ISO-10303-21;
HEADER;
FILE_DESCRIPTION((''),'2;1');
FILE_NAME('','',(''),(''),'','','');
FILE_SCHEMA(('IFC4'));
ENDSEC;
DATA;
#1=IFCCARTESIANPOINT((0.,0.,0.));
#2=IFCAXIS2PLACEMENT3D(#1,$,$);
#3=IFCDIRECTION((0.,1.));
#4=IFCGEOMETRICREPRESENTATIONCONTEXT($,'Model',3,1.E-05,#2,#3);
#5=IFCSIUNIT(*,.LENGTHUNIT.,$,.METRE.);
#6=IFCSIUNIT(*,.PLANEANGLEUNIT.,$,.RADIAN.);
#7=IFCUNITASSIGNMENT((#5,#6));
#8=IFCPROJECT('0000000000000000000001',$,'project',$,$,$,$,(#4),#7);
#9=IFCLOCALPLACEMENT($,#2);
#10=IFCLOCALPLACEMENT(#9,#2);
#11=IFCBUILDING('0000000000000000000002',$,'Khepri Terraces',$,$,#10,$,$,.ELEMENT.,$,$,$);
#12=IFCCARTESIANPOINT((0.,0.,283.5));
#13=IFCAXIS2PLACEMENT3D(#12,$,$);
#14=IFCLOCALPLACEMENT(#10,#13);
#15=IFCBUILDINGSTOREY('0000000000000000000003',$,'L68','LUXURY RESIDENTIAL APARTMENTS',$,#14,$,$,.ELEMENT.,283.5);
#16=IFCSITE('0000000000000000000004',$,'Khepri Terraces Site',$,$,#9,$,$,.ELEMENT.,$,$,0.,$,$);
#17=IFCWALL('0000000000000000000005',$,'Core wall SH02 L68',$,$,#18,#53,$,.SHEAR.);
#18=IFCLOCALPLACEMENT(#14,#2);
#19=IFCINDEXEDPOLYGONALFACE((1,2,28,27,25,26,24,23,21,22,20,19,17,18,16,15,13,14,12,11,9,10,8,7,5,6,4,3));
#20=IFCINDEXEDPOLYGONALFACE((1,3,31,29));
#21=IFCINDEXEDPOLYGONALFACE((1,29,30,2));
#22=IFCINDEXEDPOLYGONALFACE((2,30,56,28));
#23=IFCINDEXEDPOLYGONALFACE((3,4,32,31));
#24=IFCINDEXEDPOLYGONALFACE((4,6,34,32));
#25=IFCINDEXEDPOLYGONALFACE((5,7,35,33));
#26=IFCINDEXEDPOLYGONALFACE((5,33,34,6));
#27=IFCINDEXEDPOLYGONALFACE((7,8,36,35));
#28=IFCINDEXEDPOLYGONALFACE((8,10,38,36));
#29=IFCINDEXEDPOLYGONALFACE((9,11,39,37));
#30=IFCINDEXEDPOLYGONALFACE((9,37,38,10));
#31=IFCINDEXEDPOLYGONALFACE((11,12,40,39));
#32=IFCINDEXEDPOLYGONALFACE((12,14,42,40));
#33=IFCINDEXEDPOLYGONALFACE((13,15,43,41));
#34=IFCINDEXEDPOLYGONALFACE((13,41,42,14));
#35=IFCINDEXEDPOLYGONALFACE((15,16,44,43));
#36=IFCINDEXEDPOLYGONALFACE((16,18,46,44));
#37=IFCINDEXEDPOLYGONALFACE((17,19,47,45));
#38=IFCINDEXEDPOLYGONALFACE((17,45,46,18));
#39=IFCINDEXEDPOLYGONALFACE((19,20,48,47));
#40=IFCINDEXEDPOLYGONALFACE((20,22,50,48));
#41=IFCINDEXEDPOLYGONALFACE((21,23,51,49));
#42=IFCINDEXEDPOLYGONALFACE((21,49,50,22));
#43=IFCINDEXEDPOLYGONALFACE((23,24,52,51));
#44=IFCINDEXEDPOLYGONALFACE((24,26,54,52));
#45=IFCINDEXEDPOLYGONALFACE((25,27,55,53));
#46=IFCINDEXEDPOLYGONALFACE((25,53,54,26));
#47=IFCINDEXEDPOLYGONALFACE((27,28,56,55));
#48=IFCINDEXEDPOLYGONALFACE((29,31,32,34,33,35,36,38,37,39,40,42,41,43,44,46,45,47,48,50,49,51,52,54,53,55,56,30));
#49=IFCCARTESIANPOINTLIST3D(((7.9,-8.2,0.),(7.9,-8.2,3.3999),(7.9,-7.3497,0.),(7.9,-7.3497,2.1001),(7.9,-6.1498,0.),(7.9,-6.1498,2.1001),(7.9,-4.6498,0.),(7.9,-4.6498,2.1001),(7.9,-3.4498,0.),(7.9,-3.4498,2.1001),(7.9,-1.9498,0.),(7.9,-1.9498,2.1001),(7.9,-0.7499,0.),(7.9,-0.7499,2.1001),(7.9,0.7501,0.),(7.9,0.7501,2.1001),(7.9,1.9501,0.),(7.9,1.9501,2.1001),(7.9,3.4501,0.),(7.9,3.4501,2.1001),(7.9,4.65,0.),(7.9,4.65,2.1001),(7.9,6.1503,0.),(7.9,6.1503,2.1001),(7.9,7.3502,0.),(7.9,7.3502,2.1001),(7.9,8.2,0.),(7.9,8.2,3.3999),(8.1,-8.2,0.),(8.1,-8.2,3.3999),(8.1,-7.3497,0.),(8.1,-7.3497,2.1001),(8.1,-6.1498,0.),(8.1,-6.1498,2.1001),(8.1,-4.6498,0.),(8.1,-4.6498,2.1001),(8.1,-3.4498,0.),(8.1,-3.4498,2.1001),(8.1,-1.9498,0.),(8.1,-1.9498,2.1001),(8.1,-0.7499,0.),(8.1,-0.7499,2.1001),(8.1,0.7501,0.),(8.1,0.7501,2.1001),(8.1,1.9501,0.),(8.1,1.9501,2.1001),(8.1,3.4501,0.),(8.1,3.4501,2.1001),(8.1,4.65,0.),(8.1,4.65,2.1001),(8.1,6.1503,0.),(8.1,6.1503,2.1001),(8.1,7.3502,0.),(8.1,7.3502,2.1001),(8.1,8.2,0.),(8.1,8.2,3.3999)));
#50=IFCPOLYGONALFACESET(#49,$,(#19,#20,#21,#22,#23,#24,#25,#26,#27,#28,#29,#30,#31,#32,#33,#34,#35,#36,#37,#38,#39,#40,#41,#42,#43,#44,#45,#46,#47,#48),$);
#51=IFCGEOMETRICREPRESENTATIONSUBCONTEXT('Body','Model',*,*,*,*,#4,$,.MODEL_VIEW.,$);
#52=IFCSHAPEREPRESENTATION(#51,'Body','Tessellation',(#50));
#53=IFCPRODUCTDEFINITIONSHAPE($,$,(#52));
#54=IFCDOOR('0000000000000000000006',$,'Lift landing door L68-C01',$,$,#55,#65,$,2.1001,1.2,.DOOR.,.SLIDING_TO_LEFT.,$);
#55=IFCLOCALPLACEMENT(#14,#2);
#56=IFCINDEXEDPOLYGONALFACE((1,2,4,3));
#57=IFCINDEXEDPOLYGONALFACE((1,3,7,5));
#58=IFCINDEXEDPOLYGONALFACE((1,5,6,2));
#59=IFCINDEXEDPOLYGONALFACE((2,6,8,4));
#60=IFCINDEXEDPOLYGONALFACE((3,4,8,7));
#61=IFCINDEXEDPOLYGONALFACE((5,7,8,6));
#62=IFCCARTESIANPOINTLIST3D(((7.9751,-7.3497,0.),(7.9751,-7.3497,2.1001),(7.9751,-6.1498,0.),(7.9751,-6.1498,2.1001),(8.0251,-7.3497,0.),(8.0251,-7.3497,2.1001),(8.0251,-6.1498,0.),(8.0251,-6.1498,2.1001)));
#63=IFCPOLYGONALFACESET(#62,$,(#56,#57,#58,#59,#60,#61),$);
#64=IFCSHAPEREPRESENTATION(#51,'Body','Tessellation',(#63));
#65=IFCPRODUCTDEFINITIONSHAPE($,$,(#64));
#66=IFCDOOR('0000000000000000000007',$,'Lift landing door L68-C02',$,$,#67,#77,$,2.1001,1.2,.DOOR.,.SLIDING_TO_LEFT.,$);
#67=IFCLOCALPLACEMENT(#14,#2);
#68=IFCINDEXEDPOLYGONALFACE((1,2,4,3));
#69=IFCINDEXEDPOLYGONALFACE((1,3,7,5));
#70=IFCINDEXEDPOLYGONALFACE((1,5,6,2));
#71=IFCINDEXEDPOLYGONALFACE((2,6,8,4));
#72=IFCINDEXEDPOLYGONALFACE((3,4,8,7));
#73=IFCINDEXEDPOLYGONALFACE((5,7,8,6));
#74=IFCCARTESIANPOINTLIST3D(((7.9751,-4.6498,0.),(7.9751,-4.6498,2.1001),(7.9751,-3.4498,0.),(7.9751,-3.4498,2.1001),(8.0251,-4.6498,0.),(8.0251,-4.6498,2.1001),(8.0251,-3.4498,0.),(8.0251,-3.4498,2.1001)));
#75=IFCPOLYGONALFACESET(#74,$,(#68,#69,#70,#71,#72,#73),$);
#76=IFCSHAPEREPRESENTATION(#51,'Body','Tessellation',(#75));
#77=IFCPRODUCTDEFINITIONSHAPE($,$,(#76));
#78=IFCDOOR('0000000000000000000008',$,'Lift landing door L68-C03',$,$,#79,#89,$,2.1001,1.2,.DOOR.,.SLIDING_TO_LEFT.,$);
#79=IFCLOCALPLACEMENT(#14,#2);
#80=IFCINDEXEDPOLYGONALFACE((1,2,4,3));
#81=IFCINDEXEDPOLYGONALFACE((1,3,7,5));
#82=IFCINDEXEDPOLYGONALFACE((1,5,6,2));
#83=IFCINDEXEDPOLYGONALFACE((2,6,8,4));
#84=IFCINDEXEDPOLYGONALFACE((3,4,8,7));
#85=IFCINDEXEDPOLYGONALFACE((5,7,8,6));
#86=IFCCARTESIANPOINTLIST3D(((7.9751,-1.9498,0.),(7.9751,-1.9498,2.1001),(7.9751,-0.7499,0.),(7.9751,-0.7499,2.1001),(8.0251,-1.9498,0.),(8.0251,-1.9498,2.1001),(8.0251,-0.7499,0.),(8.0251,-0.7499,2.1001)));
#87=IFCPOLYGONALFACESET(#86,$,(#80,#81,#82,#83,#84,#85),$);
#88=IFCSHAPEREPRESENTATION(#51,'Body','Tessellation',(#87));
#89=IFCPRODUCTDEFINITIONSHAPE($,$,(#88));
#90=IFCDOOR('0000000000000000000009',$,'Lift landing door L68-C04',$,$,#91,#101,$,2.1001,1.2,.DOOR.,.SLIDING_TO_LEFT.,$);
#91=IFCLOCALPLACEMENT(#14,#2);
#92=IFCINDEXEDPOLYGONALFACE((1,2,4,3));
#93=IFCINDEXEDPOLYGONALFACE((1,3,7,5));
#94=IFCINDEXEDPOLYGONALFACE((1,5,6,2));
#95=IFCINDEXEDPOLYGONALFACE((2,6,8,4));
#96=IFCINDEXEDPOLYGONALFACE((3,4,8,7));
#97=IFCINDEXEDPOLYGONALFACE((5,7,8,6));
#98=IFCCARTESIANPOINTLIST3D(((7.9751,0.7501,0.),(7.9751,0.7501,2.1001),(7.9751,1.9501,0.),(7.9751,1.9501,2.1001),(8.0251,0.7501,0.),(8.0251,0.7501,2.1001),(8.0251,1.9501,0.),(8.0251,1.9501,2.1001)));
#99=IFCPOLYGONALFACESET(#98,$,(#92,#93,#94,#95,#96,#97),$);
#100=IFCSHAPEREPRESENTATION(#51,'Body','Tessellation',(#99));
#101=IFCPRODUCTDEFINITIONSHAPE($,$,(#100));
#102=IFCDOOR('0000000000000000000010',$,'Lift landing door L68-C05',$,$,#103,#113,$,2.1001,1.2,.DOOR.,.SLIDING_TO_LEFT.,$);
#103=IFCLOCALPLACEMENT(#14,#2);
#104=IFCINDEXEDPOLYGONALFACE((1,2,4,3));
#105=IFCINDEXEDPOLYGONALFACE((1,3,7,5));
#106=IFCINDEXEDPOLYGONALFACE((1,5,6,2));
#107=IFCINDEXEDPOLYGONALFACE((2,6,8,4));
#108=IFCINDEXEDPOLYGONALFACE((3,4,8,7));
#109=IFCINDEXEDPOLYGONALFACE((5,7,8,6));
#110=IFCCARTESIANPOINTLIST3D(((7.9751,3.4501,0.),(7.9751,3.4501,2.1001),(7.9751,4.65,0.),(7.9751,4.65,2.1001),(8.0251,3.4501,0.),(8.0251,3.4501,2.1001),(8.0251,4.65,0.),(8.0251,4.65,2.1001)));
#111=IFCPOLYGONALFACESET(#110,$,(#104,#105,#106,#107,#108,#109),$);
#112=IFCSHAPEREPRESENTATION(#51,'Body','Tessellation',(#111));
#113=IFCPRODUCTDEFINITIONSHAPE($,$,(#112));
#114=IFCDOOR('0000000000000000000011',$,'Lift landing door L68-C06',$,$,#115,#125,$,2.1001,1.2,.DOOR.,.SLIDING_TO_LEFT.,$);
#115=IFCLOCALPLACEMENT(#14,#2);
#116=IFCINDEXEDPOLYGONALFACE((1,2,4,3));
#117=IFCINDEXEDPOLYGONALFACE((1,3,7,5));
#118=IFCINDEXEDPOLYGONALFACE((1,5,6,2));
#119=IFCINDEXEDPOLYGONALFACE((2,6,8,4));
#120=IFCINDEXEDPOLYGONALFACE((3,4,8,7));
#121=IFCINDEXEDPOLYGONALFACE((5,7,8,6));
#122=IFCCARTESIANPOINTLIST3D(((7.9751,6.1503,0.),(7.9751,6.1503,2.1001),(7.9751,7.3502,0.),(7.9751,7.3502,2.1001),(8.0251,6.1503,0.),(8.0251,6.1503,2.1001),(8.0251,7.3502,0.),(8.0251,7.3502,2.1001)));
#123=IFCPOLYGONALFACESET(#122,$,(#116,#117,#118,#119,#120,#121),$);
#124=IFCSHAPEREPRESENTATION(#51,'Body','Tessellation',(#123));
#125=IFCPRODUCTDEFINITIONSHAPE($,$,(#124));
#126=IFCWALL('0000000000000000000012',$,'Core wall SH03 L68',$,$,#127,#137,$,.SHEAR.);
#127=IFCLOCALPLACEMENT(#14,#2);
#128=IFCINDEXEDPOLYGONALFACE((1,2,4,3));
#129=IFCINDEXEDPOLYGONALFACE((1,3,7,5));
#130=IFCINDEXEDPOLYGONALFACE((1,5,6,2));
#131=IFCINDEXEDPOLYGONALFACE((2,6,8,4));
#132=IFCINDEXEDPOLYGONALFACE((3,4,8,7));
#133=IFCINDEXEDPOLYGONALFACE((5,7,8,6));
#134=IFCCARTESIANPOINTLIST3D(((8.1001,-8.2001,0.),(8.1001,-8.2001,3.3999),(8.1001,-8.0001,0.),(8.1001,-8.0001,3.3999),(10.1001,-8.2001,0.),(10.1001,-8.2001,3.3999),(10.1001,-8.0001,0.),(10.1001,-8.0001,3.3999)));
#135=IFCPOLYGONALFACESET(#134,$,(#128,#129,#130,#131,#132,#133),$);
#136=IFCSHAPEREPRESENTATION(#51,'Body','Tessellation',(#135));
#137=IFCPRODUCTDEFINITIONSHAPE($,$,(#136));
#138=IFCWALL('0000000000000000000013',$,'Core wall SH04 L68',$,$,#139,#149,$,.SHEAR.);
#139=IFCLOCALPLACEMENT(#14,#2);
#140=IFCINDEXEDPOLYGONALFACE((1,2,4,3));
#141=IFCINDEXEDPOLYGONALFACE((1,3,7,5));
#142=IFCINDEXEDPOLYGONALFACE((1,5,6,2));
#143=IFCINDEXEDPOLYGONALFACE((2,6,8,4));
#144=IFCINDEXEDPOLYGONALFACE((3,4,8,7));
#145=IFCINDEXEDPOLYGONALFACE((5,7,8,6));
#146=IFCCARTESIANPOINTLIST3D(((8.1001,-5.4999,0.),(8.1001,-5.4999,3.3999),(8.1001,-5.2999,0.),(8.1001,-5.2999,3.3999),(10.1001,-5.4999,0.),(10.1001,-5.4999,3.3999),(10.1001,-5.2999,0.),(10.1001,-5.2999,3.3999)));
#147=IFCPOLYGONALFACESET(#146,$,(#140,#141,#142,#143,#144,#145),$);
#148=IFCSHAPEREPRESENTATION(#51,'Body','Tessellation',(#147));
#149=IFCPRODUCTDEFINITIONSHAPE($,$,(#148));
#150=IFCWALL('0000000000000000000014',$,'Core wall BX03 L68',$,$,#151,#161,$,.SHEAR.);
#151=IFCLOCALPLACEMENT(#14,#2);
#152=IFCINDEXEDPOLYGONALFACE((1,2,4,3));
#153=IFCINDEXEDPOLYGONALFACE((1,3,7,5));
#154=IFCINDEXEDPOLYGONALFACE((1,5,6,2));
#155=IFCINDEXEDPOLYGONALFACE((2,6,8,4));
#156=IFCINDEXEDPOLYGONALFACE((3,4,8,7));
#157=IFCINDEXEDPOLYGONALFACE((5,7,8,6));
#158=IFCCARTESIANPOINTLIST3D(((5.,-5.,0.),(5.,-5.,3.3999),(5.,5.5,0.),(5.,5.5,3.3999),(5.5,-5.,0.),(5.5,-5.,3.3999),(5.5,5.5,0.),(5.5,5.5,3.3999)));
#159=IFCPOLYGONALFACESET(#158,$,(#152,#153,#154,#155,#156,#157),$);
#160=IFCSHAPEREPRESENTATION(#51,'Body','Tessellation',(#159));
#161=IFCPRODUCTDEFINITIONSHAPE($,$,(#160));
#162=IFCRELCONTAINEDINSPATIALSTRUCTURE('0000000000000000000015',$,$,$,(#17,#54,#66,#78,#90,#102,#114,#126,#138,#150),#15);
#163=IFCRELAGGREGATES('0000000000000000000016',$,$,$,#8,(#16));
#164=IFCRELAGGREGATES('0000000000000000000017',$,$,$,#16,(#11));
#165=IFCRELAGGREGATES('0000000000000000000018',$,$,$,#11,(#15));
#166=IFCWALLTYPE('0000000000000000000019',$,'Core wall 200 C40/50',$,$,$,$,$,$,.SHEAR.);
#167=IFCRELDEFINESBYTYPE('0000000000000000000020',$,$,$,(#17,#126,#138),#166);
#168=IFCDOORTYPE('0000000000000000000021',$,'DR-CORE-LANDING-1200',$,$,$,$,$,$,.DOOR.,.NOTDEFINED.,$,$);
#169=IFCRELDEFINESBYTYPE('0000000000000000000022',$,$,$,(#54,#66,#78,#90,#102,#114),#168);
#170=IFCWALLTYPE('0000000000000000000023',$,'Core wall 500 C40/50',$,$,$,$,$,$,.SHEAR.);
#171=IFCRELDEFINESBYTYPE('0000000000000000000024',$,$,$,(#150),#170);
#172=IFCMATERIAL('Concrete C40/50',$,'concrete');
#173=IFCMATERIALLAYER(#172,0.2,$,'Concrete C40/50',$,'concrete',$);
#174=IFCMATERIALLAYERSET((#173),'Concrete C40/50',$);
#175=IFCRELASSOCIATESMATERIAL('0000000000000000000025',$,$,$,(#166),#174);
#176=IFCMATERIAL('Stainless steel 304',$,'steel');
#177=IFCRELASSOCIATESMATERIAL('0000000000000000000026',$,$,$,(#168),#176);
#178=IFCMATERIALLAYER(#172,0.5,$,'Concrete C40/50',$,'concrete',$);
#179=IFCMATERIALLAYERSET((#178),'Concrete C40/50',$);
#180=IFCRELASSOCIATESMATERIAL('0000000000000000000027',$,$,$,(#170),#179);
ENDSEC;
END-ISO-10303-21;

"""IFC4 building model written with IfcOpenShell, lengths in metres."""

from ifc_helpers import new_model, si_unit, direction, frame, frame_2d, origin, place, context, subcontext, project, spatial, rectangle, extrude, material, layer, layer_set, type_object, element, fill, save


model = new_model("IFC4")

# Units and contexts
model_context = context("Model", 3, precision=1e-05, world=origin(), true_north=direction((0.0, 1.0)))
body_context = subcontext(model_context, "Body", "Model", "MODEL_VIEW")
ifc_project = project(units=[si_unit("LENGTHUNIT", "METRE"), si_unit("PLANEANGLEUNIT", "RADIAN")], contexts=[model_context])

# Site, building, storey
site_placement = place(None, origin())
site = spatial("IfcSite", under=ifc_project, at=site_placement, Name="Khepri Terraces Site", CompositionType="ELEMENT", RefElevation=0.0)
building_placement = place(site_placement, origin())
building = spatial("IfcBuilding", under=site, at=building_placement, Name="Khepri Terraces", CompositionType="ELEMENT")
storey_placement = place(building_placement, frame((0.0, 0.0, 283.5)))
storey = spatial("IfcBuildingStorey", under=building, at=storey_placement, Name="L68", Description="LUXURY RESIDENTIAL APARTMENTS", CompositionType="ELEMENT", Elevation=283.5)

# Shared definitions
ifc_material_1 = material(Name="Concrete C40/50", Category="concrete")

# Shared definitions
ifc_layer_1 = layer(ifc_material_1, 0.2, Name="Concrete C40/50", Category="concrete")
ifc_layer_set_1 = layer_set([ifc_layer_1], Name="Concrete C40/50")
wall_type_1 = type_object("IfcWallType", Name="Core wall 200 C40/50", PredefinedType="SHEAR", material=ifc_layer_set_1)

# Wall, openings, doors
wall_1_placement = place(storey_placement, frame((8.0, -8.2, 0.0), z_axis=(0.0, 0.0, 1.0), x_axis=(0.0, 1.0, 0.0)))
wall_1 = element("IfcWall", 1, at=wall_1_placement, inside=storey, type_object=wall_type_1, Name="Core wall SH02 L68", PredefinedType="SHEAR", context=body_context, shape_type="SweptSolid", body=[
    extrude(rectangle(XDim=16.3999, YDim=0.2, at=frame_2d((8.2, 0.0))), origin(), (0.0, 0.0, 1.0), 3.3999),
])
opening_1_placement = place(wall_1_placement, frame((0.8501, 0.0, 0.0)))
opening_1 = element("IfcOpeningElement", 2, at=opening_1_placement, cuts=wall_1, PredefinedType="OPENING", context=body_context, shape_type="SweptSolid", body=[
    extrude(rectangle(XDim=1.2, YDim=2.1001, at=frame_2d((0.6001, 1.05))), frame((0.0, 0.1099, 0.0), z_axis=(0.0, -1.0, 0.0), x_axis=(1.0, 0.0, 0.0)), (0.0, 0.0, 1.0), 0.22),
])
opening_2_placement = place(wall_1_placement, frame((3.55, 0.0, 0.0)))
opening_2 = element("IfcOpeningElement", 3, at=opening_2_placement, cuts=wall_1, PredefinedType="OPENING", context=body_context, shape_type="SweptSolid", body=[
    extrude(rectangle(XDim=1.2, YDim=2.1001, at=frame_2d((0.6001, 1.05))), frame((0.0, 0.1099, 0.0), z_axis=(0.0, -1.0, 0.0), x_axis=(1.0, 0.0, 0.0)), (0.0, 0.0, 1.0), 0.22),
])
opening_3_placement = place(wall_1_placement, frame((6.25, 0.0, 0.0)))
opening_3 = element("IfcOpeningElement", 4, at=opening_3_placement, cuts=wall_1, PredefinedType="OPENING", context=body_context, shape_type="SweptSolid", body=[
    extrude(rectangle(XDim=1.2, YDim=2.1001, at=frame_2d((0.6001, 1.05))), frame((0.0, 0.1099, 0.0), z_axis=(0.0, -1.0, 0.0), x_axis=(1.0, 0.0, 0.0)), (0.0, 0.0, 1.0), 0.22),
])
opening_4_placement = place(wall_1_placement, frame((8.95, 0.0, 0.0)))
opening_4 = element("IfcOpeningElement", 5, at=opening_4_placement, cuts=wall_1, PredefinedType="OPENING", context=body_context, shape_type="SweptSolid", body=[
    extrude(rectangle(XDim=1.2, YDim=2.1001, at=frame_2d((0.6001, 1.05))), frame((0.0, 0.1099, 0.0), z_axis=(0.0, -1.0, 0.0), x_axis=(1.0, 0.0, 0.0)), (0.0, 0.0, 1.0), 0.22),
])
opening_5_placement = place(wall_1_placement, frame((11.6499, 0.0, 0.0)))
opening_5 = element("IfcOpeningElement", 6, at=opening_5_placement, cuts=wall_1, PredefinedType="OPENING", context=body_context, shape_type="SweptSolid", body=[
    extrude(rectangle(XDim=1.2, YDim=2.1001, at=frame_2d((0.6001, 1.05))), frame((0.0, 0.1099, 0.0), z_axis=(0.0, -1.0, 0.0), x_axis=(1.0, 0.0, 0.0)), (0.0, 0.0, 1.0), 0.22),
])
opening_6_placement = place(wall_1_placement, frame((14.3501, 0.0, 0.0)))
opening_6 = element("IfcOpeningElement", 7, at=opening_6_placement, cuts=wall_1, PredefinedType="OPENING", context=body_context, shape_type="SweptSolid", body=[
    extrude(rectangle(XDim=1.2, YDim=2.1001, at=frame_2d((0.6001, 1.05))), frame((0.0, 0.1099, 0.0), z_axis=(0.0, -1.0, 0.0), x_axis=(1.0, 0.0, 0.0)), (0.0, 0.0, 1.0), 0.22),
])
ifc_material_2 = material(Name="Stainless steel 304", Category="steel")
door_type_1 = type_object("IfcDoorType", Name="DR-CORE-LANDING-1200", OperationType="NOTDEFINED", PredefinedType="DOOR", material=ifc_material_2)
door_1_placement = place(opening_1_placement, origin())
door_1 = element("IfcDoor", 8, at=door_1_placement, inside=storey, type_object=door_type_1, Name="Lift landing door L68-C01", OperationType="SLIDING_TO_LEFT", OverallHeight=2.1001, OverallWidth=1.2, PredefinedType="DOOR", context=body_context, shape_type="SweptSolid", body=[
    extrude(rectangle(XDim=1.2, YDim=2.1001, at=frame_2d((0.6001, 1.05))), frame((0.0, 0.0249, 0.0), z_axis=(0.0, -1.0, 0.0), x_axis=(1.0, 0.0, 0.0)), (0.0, 0.0, 1.0), 0.05),
])
fill(opening_1, door_1)
door_2_placement = place(opening_2_placement, origin())
door_2 = element("IfcDoor", 9, at=door_2_placement, inside=storey, type_object=door_type_1, Name="Lift landing door L68-C02", OperationType="SLIDING_TO_LEFT", OverallHeight=2.1001, OverallWidth=1.2, PredefinedType="DOOR", context=body_context, shape_type="SweptSolid", body=[
    extrude(rectangle(XDim=1.2, YDim=2.1001, at=frame_2d((0.6001, 1.05))), frame((0.0, 0.0249, 0.0), z_axis=(0.0, -1.0, 0.0), x_axis=(1.0, 0.0, 0.0)), (0.0, 0.0, 1.0), 0.05),
])
fill(opening_2, door_2)
door_3_placement = place(opening_3_placement, origin())
door_3 = element("IfcDoor", 10, at=door_3_placement, inside=storey, type_object=door_type_1, Name="Lift landing door L68-C03", OperationType="SLIDING_TO_LEFT", OverallHeight=2.1001, OverallWidth=1.2, PredefinedType="DOOR", context=body_context, shape_type="SweptSolid", body=[
    extrude(rectangle(XDim=1.2, YDim=2.1001, at=frame_2d((0.6001, 1.05))), frame((0.0, 0.0249, 0.0), z_axis=(0.0, -1.0, 0.0), x_axis=(1.0, 0.0, 0.0)), (0.0, 0.0, 1.0), 0.05),
])
fill(opening_3, door_3)
door_4_placement = place(opening_4_placement, origin())
door_4 = element("IfcDoor", 11, at=door_4_placement, inside=storey, type_object=door_type_1, Name="Lift landing door L68-C04", OperationType="SLIDING_TO_LEFT", OverallHeight=2.1001, OverallWidth=1.2, PredefinedType="DOOR", context=body_context, shape_type="SweptSolid", body=[
    extrude(rectangle(XDim=1.2, YDim=2.1001, at=frame_2d((0.6001, 1.05))), frame((0.0, 0.0249, 0.0), z_axis=(0.0, -1.0, 0.0), x_axis=(1.0, 0.0, 0.0)), (0.0, 0.0, 1.0), 0.05),
])
fill(opening_4, door_4)
door_5_placement = place(opening_5_placement, origin())
door_5 = element("IfcDoor", 12, at=door_5_placement, inside=storey, type_object=door_type_1, Name="Lift landing door L68-C05", OperationType="SLIDING_TO_LEFT", OverallHeight=2.1001, OverallWidth=1.2, PredefinedType="DOOR", context=body_context, shape_type="SweptSolid", body=[
    extrude(rectangle(XDim=1.2, YDim=2.1001, at=frame_2d((0.6001, 1.05))), frame((0.0, 0.0249, 0.0), z_axis=(0.0, -1.0, 0.0), x_axis=(1.0, 0.0, 0.0)), (0.0, 0.0, 1.0), 0.05),
])
fill(opening_5, door_5)
door_6_placement = place(opening_6_placement, origin())
door_6 = element("IfcDoor", 13, at=door_6_placement, inside=storey, type_object=door_type_1, Name="Lift landing door L68-C06", OperationType="SLIDING_TO_LEFT", OverallHeight=2.1001, OverallWidth=1.2, PredefinedType="DOOR", context=body_context, shape_type="SweptSolid", body=[
    extrude(rectangle(XDim=1.2, YDim=2.1001, at=frame_2d((0.6001, 1.05))), frame((0.0, 0.0249, 0.0), z_axis=(0.0, -1.0, 0.0), x_axis=(1.0, 0.0, 0.0)), (0.0, 0.0, 1.0), 0.05),
])
fill(opening_6, door_6)

# Walls
for number, where, z_axis, x_axis, name in (
    (14, (8.1001, -8.1001, 0.0), (0.0, 0.0, 1.0), (1.0, 0.0, 0.0), "Core wall SH03 L68"),
    (15, (8.1001, -5.3999, 0.0), (0.0, 0.0, 1.0), (1.0, 0.0, 0.0), "Core wall SH04 L68"),
):
    element("IfcWall", number, at=place(storey_placement, frame(where, z_axis=z_axis, x_axis=x_axis)), inside=storey, type_object=wall_type_1, Name=name, PredefinedType="SHEAR", context=body_context, shape_type="SweptSolid", body=[
        extrude(rectangle(XDim=2.0, YDim=0.2, at=frame_2d((1.0, 0.0))), origin(), (0.0, 0.0, 1.0), 3.3999),
    ])
ifc_layer_2 = layer(ifc_material_1, 0.5, Name="Concrete C40/50", Category="concrete")
ifc_layer_set_2 = layer_set([ifc_layer_2], Name="Concrete C40/50")
wall_type_2 = type_object("IfcWallType", Name="Core wall 500 C40/50", PredefinedType="SHEAR", material=ifc_layer_set_2)
wall_2_placement = place(storey_placement, frame((5.25, -5.0, 0.0), z_axis=(0.0, 0.0, 1.0), x_axis=(0.0, 1.0, 0.0)))
element("IfcWall", 16, at=wall_2_placement, inside=storey, type_object=wall_type_2, Name="Core wall BX03 L68", PredefinedType="SHEAR", context=body_context, shape_type="SweptSolid", body=[
    extrude(rectangle(XDim=10.5, YDim=0.5, at=frame_2d((5.25, 0.0))), origin(), (0.0, 0.0, 1.0), 3.3999),
])

save(model, "model.ifc")
